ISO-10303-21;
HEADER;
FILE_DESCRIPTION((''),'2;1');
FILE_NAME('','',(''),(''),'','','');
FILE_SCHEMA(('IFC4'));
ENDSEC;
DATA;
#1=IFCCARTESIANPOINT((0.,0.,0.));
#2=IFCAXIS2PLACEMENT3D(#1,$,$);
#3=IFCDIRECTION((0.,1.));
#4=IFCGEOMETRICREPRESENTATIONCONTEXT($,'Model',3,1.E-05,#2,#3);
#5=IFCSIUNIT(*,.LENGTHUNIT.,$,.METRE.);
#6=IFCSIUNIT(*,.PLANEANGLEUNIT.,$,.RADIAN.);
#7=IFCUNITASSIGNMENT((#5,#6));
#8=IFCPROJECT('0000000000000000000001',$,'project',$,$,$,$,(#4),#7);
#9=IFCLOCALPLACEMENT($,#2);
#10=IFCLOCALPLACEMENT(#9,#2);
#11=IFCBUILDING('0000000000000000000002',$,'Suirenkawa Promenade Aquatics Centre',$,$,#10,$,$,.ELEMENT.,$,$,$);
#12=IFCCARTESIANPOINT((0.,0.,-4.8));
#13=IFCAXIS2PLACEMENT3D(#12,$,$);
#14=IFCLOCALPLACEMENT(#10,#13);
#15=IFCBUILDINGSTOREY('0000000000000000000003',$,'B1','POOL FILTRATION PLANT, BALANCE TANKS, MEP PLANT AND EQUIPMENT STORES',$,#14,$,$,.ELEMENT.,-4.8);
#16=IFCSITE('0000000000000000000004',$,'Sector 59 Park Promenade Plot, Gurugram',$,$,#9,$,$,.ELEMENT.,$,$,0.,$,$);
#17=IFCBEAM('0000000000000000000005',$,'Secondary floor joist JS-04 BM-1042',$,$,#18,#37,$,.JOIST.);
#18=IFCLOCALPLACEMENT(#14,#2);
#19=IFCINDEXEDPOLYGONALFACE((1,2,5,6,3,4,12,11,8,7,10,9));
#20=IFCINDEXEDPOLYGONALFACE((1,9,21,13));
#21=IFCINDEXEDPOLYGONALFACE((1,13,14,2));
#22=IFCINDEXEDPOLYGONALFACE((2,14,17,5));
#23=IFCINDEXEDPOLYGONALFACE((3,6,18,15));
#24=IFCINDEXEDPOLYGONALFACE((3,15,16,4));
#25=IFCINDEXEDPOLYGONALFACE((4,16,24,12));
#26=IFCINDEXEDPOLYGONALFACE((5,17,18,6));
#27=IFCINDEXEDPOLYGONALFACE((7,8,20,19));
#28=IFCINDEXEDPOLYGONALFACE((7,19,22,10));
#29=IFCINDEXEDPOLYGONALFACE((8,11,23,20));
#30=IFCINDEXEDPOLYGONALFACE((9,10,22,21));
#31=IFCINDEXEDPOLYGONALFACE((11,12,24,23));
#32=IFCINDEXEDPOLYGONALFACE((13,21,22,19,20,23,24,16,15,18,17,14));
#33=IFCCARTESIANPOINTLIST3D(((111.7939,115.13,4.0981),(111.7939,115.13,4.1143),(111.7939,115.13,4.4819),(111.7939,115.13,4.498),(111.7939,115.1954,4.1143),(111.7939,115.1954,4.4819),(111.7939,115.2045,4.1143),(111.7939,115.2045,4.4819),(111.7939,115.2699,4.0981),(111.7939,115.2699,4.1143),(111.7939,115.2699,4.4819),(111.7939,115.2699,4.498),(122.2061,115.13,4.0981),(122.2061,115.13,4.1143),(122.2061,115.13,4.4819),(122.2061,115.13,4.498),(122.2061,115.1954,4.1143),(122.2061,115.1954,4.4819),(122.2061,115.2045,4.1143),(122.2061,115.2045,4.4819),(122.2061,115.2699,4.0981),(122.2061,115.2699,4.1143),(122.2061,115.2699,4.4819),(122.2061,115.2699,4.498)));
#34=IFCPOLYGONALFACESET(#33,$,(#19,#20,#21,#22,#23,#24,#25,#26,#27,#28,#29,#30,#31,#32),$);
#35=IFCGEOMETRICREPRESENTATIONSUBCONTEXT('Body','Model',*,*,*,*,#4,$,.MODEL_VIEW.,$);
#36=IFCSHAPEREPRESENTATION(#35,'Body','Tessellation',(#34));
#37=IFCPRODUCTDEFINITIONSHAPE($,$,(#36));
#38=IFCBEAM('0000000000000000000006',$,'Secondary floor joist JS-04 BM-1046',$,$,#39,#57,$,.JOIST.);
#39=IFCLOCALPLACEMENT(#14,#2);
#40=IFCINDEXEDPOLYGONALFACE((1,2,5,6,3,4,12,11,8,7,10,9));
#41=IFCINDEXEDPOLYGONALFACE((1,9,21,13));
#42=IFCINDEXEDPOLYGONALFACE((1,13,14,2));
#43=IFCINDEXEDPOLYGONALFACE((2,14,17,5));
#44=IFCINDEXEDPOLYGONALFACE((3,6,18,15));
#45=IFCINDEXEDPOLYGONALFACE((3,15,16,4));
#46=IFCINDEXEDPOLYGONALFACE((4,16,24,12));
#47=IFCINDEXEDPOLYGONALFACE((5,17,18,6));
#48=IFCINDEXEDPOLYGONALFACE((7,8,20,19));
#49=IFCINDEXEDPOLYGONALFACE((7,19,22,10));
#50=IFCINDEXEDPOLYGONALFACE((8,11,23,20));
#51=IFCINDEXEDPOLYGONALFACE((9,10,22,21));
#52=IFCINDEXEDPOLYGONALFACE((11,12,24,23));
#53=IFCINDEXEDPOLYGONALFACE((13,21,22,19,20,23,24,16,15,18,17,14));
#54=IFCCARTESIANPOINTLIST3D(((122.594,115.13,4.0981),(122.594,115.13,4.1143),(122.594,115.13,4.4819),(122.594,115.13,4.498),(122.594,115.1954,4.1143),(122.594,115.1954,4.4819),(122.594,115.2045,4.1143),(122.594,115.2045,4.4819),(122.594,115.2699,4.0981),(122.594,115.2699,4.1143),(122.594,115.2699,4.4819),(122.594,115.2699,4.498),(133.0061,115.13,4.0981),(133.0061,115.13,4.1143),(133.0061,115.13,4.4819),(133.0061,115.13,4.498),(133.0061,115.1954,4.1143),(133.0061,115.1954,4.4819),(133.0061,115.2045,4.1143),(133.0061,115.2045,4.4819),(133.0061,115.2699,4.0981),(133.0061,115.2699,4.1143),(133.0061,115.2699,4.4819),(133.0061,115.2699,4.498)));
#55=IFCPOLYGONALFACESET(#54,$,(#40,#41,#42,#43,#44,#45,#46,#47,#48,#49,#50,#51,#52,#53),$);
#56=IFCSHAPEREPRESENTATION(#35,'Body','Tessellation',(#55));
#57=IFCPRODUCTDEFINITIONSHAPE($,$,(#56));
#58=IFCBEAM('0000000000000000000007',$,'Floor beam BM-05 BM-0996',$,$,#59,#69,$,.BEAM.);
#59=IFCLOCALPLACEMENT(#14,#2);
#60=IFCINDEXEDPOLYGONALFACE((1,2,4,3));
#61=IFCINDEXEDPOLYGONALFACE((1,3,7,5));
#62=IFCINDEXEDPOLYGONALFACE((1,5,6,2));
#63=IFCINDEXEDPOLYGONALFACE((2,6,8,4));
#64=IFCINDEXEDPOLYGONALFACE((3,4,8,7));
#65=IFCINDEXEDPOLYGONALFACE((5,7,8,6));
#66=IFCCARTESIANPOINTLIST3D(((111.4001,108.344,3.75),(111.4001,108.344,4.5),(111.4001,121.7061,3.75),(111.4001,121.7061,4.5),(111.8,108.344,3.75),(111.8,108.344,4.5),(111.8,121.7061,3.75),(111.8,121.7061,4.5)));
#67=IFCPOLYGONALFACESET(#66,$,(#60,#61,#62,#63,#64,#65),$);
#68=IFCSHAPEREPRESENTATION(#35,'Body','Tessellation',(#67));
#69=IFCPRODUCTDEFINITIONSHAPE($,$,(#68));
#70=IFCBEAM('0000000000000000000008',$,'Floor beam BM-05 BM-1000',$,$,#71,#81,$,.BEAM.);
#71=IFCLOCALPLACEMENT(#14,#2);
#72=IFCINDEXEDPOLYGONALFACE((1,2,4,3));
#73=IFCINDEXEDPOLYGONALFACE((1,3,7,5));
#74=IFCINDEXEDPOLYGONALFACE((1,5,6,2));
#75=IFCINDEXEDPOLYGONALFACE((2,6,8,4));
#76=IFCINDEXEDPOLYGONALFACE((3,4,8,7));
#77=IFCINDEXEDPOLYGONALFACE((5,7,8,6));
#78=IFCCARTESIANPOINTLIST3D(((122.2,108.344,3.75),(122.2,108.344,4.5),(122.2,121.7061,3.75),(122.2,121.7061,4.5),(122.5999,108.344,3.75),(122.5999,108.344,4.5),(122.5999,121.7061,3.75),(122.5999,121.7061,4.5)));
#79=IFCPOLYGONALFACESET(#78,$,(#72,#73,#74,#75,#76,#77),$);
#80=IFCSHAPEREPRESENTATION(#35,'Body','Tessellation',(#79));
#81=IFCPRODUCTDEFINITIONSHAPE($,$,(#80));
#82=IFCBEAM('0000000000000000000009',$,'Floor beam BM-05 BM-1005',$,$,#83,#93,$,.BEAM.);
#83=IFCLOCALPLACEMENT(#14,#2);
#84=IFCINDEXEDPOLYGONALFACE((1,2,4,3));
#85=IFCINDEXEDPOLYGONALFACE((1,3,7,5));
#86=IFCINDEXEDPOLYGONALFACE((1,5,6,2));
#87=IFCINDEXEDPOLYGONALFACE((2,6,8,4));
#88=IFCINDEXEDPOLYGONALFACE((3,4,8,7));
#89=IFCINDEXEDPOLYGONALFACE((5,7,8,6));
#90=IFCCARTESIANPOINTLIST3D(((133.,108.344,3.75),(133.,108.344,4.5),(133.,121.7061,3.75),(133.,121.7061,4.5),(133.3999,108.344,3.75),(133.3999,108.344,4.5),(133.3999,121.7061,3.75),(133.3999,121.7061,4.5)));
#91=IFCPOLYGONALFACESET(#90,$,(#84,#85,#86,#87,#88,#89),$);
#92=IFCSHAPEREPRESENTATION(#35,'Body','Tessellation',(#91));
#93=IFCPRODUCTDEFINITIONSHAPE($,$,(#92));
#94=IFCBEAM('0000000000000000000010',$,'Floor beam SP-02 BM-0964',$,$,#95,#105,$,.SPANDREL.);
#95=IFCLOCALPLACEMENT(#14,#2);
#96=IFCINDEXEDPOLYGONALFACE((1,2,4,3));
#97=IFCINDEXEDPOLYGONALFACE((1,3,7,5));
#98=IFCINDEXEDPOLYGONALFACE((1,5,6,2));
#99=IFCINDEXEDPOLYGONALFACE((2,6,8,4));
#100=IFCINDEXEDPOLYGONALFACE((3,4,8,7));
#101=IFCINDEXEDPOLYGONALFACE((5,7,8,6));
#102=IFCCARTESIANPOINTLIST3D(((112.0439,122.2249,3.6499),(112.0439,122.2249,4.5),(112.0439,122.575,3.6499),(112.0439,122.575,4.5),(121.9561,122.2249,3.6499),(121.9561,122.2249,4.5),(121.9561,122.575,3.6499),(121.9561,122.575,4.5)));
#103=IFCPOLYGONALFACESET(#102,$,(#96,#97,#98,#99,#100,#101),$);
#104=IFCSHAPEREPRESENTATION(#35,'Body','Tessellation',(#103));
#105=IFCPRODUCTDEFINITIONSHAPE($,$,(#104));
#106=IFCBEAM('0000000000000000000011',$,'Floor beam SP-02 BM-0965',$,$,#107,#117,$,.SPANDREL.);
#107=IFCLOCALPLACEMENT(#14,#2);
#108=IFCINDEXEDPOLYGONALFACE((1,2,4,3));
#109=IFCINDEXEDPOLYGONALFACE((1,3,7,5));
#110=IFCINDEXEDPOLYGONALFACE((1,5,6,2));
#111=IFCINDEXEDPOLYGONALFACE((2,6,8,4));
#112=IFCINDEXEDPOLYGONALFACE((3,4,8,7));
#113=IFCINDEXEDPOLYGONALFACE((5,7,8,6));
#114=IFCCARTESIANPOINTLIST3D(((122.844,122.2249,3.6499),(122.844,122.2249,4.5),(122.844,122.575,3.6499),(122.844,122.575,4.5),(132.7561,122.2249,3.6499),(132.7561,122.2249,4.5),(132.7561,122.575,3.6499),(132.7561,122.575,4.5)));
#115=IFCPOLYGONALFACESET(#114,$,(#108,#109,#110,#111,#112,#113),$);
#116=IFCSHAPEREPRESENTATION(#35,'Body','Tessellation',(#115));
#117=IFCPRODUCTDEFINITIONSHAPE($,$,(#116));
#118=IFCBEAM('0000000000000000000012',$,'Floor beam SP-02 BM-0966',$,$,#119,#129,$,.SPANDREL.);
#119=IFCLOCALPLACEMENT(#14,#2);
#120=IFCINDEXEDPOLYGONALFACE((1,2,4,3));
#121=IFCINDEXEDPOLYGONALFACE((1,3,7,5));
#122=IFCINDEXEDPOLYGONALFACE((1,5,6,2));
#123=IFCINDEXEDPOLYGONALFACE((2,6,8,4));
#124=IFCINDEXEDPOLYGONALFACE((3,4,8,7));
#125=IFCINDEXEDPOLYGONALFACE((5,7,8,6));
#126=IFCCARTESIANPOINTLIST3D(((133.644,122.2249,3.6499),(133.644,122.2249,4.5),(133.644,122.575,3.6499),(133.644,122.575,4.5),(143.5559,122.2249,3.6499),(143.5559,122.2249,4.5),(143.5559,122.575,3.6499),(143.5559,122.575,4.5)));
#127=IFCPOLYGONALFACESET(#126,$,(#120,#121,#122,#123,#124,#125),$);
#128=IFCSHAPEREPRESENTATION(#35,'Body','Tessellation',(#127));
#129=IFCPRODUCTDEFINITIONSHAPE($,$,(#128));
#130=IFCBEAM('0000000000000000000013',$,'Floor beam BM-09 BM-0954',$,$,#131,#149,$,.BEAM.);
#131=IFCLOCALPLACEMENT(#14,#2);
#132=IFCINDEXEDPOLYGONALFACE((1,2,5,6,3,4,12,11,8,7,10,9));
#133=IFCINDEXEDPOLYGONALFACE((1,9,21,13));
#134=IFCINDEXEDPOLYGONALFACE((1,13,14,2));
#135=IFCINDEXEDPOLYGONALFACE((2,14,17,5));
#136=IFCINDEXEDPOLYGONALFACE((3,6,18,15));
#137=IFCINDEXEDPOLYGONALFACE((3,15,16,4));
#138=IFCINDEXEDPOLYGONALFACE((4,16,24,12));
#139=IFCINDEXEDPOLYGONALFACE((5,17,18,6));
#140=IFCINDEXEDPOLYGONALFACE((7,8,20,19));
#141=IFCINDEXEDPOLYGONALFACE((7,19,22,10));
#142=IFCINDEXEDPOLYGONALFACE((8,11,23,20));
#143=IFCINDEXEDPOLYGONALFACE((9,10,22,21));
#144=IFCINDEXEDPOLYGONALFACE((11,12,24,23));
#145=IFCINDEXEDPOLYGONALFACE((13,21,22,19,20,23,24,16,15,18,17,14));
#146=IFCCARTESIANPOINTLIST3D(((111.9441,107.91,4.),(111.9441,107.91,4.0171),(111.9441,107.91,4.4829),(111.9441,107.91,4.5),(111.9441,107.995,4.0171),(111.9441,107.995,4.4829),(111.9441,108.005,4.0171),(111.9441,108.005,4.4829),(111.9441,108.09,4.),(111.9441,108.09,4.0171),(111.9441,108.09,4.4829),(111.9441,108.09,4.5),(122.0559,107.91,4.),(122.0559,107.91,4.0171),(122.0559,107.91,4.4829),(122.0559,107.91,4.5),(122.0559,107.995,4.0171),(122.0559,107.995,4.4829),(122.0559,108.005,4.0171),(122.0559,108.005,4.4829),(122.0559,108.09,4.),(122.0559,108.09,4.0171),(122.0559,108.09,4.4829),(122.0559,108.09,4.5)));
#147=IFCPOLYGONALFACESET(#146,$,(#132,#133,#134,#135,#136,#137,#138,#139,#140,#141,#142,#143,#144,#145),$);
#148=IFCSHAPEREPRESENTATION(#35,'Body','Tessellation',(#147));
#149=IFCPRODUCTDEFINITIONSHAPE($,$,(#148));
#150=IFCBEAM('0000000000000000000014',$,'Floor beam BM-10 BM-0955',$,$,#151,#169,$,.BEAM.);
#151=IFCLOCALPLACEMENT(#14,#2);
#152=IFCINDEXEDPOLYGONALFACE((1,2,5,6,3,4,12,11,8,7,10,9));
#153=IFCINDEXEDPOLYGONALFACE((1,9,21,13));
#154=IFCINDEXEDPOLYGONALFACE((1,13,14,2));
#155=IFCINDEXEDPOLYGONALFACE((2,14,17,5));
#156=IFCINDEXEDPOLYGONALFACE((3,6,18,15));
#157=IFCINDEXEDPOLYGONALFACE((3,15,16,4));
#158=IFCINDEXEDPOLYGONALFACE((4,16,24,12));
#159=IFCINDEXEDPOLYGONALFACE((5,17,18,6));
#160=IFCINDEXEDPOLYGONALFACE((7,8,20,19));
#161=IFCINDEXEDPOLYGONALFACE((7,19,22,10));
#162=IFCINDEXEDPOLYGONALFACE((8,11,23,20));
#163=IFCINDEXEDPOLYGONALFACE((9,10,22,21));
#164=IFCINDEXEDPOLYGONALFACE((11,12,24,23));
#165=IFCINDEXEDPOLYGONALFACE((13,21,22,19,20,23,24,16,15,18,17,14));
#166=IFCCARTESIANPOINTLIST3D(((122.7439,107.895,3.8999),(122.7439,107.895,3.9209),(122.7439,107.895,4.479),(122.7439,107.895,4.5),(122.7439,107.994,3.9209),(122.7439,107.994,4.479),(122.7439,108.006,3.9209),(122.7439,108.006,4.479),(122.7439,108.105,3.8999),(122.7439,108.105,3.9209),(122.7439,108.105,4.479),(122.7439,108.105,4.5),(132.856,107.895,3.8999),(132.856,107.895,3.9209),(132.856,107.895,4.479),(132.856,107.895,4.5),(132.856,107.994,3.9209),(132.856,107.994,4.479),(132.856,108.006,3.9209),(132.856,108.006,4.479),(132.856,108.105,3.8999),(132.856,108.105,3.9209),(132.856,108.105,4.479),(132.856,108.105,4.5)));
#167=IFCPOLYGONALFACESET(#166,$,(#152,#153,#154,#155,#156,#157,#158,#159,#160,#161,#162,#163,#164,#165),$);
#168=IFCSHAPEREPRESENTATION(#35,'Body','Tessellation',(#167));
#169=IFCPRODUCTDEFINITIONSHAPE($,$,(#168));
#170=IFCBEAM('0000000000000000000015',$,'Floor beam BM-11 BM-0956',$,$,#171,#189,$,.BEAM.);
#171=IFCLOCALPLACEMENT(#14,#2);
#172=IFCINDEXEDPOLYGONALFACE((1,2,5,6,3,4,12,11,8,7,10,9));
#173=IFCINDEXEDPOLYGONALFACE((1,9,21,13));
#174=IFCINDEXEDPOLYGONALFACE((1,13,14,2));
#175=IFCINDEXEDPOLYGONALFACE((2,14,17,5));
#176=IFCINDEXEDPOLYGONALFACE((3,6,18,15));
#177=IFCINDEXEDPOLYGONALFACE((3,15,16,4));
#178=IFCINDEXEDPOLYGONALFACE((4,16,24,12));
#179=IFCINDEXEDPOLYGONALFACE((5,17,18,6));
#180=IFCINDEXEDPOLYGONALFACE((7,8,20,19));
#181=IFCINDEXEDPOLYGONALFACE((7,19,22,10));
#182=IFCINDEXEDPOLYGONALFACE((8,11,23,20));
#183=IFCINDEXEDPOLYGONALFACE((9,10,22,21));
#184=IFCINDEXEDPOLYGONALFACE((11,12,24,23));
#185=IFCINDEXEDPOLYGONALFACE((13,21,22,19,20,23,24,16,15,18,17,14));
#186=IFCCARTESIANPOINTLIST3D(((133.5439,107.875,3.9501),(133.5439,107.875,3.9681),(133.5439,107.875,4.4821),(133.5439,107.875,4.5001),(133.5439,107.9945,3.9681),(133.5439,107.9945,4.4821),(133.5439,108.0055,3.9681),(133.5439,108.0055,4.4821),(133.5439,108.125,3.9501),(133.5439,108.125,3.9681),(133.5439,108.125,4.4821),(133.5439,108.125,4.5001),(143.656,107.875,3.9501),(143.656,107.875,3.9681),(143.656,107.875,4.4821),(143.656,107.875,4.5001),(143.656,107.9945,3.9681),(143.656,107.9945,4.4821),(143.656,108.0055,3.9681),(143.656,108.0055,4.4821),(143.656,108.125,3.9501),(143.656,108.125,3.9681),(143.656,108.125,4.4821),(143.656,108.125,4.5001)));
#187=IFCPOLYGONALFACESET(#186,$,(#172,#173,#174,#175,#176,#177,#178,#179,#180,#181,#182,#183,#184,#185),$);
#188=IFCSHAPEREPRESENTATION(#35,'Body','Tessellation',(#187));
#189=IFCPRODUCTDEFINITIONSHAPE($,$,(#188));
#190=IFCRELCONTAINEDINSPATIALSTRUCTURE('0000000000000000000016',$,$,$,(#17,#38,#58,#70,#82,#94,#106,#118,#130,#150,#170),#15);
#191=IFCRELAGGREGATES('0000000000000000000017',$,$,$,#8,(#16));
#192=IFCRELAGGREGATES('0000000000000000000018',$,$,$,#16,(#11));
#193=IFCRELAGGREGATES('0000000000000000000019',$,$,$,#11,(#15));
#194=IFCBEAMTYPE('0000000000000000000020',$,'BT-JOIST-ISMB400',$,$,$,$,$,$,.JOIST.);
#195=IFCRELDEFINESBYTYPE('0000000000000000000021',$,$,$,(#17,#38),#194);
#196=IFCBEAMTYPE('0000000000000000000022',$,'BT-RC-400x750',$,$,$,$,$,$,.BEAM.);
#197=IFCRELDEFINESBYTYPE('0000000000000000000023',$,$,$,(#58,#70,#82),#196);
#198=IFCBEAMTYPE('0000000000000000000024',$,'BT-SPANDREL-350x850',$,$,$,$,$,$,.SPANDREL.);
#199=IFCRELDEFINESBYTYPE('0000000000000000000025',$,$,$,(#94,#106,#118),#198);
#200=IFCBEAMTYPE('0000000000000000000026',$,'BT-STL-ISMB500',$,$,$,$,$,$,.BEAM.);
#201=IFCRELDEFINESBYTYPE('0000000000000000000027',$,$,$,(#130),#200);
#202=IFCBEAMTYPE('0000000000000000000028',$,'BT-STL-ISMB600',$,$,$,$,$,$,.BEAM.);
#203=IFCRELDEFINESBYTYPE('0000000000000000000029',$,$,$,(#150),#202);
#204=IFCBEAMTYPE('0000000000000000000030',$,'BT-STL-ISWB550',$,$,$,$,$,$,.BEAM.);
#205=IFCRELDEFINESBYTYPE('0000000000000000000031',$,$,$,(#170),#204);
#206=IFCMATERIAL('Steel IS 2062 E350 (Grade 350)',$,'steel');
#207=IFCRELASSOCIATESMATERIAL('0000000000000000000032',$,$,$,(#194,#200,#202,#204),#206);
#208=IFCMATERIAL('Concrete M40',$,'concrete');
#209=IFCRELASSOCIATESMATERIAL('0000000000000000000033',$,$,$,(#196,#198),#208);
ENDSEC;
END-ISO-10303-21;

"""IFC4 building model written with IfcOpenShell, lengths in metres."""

from ifc_helpers import new_model, si_unit, direction, frame, origin, origin_2d, place, context, subcontext, project, spatial, rectangle, i_section, extrude, material, material_profile, profile_set, type_object, element, save


model = new_model("IFC4")

# Units and contexts
model_context = context("Model", 3, precision=1e-05, world=origin(), true_north=direction((0.0, 1.0)))
body_context = subcontext(model_context, "Body", "Model", "MODEL_VIEW")
ifc_project = project(units=[si_unit("LENGTHUNIT", "METRE"), si_unit("PLANEANGLEUNIT", "RADIAN")], contexts=[model_context])

# Site, building, storey
site_placement = place(None, origin())
site = spatial("IfcSite", under=ifc_project, at=site_placement, Name="Sector 59 Park Promenade Plot, Gurugram", CompositionType="ELEMENT", RefElevation=0.0)
building_placement = place(site_placement, origin())
building = spatial("IfcBuilding", under=site, at=building_placement, Name="Suirenkawa Promenade Aquatics Centre", CompositionType="ELEMENT")
storey_placement = place(building_placement, frame((0.0, 0.0, -4.8)))
storey = spatial("IfcBuildingStorey", under=building, at=storey_placement, Name="B1", Description="POOL FILTRATION PLANT, BALANCE TANKS, MEP PLANT AND EQUIPMENT STORES", CompositionType="ELEMENT", Elevation=-4.8)

# Shared definitions
ifc_material_1 = material(Name="Concrete M40", Category="concrete")

# Beams
ifc_material_2 = material(Name="Steel IS 2062 E350 (Grade 350)", Category="steel")
ifc_material_profile_1 = material_profile(ifc_material_2, i_section(OverallWidth=0.1399, OverallDepth=0.3999, WebThickness=0.009, FlangeThickness=0.0161, at=origin_2d()), Name="ISMB 400", Category="steel")
ifc_profile_set_1 = profile_set([ifc_material_profile_1], Name="Steel IS 2062 E350 (Grade 350)")
beam_type_1 = type_object("IfcBeamType", Name="BT-JOIST-ISMB400", PredefinedType="JOIST", material=ifc_profile_set_1)
for number, where, z_axis, x_axis, name in (
    (1, (111.7939, 115.2, 4.2981), (1.0, 0.0, 0.0), (0.0, 1.0, 0.0), "Secondary floor joist JS-04 BM-1042"),
    (2, (122.594, 115.2, 4.2981), (1.0, 0.0, 0.0), (0.0, 1.0, 0.0), "Secondary floor joist JS-04 BM-1046"),
):
    element("IfcBeam", number, at=place(storey_placement, frame(where, z_axis=z_axis, x_axis=x_axis)), inside=storey, type_object=beam_type_1, Name=name, PredefinedType="JOIST", context=body_context, shape_type="SweptSolid", body=[
        extrude(i_section(OverallWidth=0.1399, OverallDepth=0.3999, WebThickness=0.009, FlangeThickness=0.0161, at=origin_2d()), origin(), (0.0, 0.0, 1.0), 10.4121),
    ])
ifc_material_profile_2 = material_profile(ifc_material_1, rectangle(XDim=0.3999, YDim=0.75, at=origin_2d()), Name="RC BM 400x750", Category="concrete")
ifc_profile_set_2 = profile_set([ifc_material_profile_2], Name="Concrete M40")
beam_type_2 = type_object("IfcBeamType", Name="BT-RC-400x750", PredefinedType="BEAM", material=ifc_profile_set_2)
for number, where, z_axis, x_axis, name in (
    (3, (111.6001, 108.344, 4.125), (0.0, 1.0, 0.0), (-1.0, 0.0, 0.0), "Floor beam BM-05 BM-0996"),
    (4, (122.3999, 108.344, 4.125), (0.0, 1.0, 0.0), (-1.0, 0.0, 0.0), "Floor beam BM-05 BM-1000"),
    (5, (133.2, 108.344, 4.125), (0.0, 1.0, 0.0), (-1.0, 0.0, 0.0), "Floor beam BM-05 BM-1005"),
):
    element("IfcBeam", number, at=place(storey_placement, frame(where, z_axis=z_axis, x_axis=x_axis)), inside=storey, type_object=beam_type_2, Name=name, PredefinedType="BEAM", context=body_context, shape_type="SweptSolid", body=[
        extrude(rectangle(XDim=0.3999, YDim=0.75, at=origin_2d()), origin(), (0.0, 0.0, 1.0), 13.3621),
    ])
ifc_material_profile_3 = material_profile(ifc_material_1, rectangle(XDim=0.3501, YDim=0.8501, at=origin_2d()), Name="RC SPANDREL 350x850", Category="concrete")
ifc_profile_set_3 = profile_set([ifc_material_profile_3], Name="Concrete M40")
beam_type_3 = type_object("IfcBeamType", Name="BT-SPANDREL-350x850", PredefinedType="SPANDREL", material=ifc_profile_set_3)
for number, where, z_axis, x_axis, name in (
    (6, (112.0439, 122.3999, 4.075), (1.0, 0.0, 0.0), (0.0, 1.0, 0.0), "Floor beam SP-02 BM-0964"),
    (7, (122.844, 122.3999, 4.075), (1.0, 0.0, 0.0), (0.0, 1.0, 0.0), "Floor beam SP-02 BM-0965"),
):
    element("IfcBeam", number, at=place(storey_placement, frame(where, z_axis=z_axis, x_axis=x_axis)), inside=storey, type_object=beam_type_3, Name=name, PredefinedType="SPANDREL", context=body_context, shape_type="SweptSolid", body=[
        extrude(rectangle(XDim=0.3501, YDim=0.8501, at=origin_2d()), origin(), (0.0, 0.0, 1.0), 9.9121),
    ])
beam_1_placement = place(storey_placement, frame((133.644, 122.3999, 4.075), z_axis=(1.0, 0.0, 0.0), x_axis=(0.0, 1.0, 0.0)))
element("IfcBeam", 8, at=beam_1_placement, inside=storey, type_object=beam_type_3, Name="Floor beam SP-02 BM-0966", PredefinedType="SPANDREL", context=body_context, shape_type="SweptSolid", body=[
    extrude(rectangle(XDim=0.3501, YDim=0.8501, at=origin_2d()), origin(), (0.0, 0.0, 1.0), 9.9119),
])
ifc_material_profile_4 = material_profile(ifc_material_2, i_section(OverallWidth=0.1799, OverallDepth=0.5, WebThickness=0.01, FlangeThickness=0.0171, at=origin_2d()), Name="ISMB 500", Category="steel")
ifc_profile_set_4 = profile_set([ifc_material_profile_4], Name="Steel IS 2062 E350 (Grade 350)")
beam_type_4 = type_object("IfcBeamType", Name="BT-STL-ISMB500", PredefinedType="BEAM", material=ifc_profile_set_4)
beam_2_placement = place(storey_placement, frame((111.9441, 108.0, 4.25), z_axis=(1.0, 0.0, 0.0), x_axis=(0.0, 1.0, 0.0)))
element("IfcBeam", 9, at=beam_2_placement, inside=storey, type_object=beam_type_4, Name="Floor beam BM-09 BM-0954", PredefinedType="BEAM", context=body_context, shape_type="SweptSolid", body=[
    extrude(i_section(OverallWidth=0.1799, OverallDepth=0.5, WebThickness=0.01, FlangeThickness=0.0171, at=origin_2d()), origin(), (0.0, 0.0, 1.0), 10.1118),
])
ifc_material_profile_5 = material_profile(ifc_material_2, i_section(OverallWidth=0.21, OverallDepth=0.6001, WebThickness=0.012, FlangeThickness=0.021, at=origin_2d()), Name="ISMB 600", Category="steel")
ifc_profile_set_5 = profile_set([ifc_material_profile_5], Name="Steel IS 2062 E350 (Grade 350)")
beam_type_5 = type_object("IfcBeamType", Name="BT-STL-ISMB600", PredefinedType="BEAM", material=ifc_profile_set_5)
beam_3_placement = place(storey_placement, frame((122.7439, 108.0, 4.2), z_axis=(1.0, 0.0, 0.0), x_axis=(0.0, 1.0, 0.0)))
element("IfcBeam", 10, at=beam_3_placement, inside=storey, type_object=beam_type_5, Name="Floor beam BM-10 BM-0955", PredefinedType="BEAM", context=body_context, shape_type="SweptSolid", body=[
    extrude(i_section(OverallWidth=0.21, OverallDepth=0.6001, WebThickness=0.012, FlangeThickness=0.021, at=origin_2d()), origin(), (0.0, 0.0, 1.0), 10.1121),
])
ifc_material_profile_6 = material_profile(ifc_material_2, i_section(OverallWidth=0.25, OverallDepth=0.55, WebThickness=0.011, FlangeThickness=0.0181, at=origin_2d()), Name="ISWB 550", Category="steel")
ifc_profile_set_6 = profile_set([ifc_material_profile_6], Name="Steel IS 2062 E350 (Grade 350)")
beam_type_6 = type_object("IfcBeamType", Name="BT-STL-ISWB550", PredefinedType="BEAM", material=ifc_profile_set_6)
beam_4_placement = place(storey_placement, frame((133.5439, 108.0, 4.2251), z_axis=(1.0, 0.0, 0.0), x_axis=(0.0, 1.0, 0.0)))
element("IfcBeam", 11, at=beam_4_placement, inside=storey, type_object=beam_type_6, Name="Floor beam BM-11 BM-0956", PredefinedType="BEAM", context=body_context, shape_type="SweptSolid", body=[
    extrude(i_section(OverallWidth=0.25, OverallDepth=0.55, WebThickness=0.011, FlangeThickness=0.0181, at=origin_2d()), origin(), (0.0, 0.0, 1.0), 10.1121),
])

save(model, "model.ifc")
